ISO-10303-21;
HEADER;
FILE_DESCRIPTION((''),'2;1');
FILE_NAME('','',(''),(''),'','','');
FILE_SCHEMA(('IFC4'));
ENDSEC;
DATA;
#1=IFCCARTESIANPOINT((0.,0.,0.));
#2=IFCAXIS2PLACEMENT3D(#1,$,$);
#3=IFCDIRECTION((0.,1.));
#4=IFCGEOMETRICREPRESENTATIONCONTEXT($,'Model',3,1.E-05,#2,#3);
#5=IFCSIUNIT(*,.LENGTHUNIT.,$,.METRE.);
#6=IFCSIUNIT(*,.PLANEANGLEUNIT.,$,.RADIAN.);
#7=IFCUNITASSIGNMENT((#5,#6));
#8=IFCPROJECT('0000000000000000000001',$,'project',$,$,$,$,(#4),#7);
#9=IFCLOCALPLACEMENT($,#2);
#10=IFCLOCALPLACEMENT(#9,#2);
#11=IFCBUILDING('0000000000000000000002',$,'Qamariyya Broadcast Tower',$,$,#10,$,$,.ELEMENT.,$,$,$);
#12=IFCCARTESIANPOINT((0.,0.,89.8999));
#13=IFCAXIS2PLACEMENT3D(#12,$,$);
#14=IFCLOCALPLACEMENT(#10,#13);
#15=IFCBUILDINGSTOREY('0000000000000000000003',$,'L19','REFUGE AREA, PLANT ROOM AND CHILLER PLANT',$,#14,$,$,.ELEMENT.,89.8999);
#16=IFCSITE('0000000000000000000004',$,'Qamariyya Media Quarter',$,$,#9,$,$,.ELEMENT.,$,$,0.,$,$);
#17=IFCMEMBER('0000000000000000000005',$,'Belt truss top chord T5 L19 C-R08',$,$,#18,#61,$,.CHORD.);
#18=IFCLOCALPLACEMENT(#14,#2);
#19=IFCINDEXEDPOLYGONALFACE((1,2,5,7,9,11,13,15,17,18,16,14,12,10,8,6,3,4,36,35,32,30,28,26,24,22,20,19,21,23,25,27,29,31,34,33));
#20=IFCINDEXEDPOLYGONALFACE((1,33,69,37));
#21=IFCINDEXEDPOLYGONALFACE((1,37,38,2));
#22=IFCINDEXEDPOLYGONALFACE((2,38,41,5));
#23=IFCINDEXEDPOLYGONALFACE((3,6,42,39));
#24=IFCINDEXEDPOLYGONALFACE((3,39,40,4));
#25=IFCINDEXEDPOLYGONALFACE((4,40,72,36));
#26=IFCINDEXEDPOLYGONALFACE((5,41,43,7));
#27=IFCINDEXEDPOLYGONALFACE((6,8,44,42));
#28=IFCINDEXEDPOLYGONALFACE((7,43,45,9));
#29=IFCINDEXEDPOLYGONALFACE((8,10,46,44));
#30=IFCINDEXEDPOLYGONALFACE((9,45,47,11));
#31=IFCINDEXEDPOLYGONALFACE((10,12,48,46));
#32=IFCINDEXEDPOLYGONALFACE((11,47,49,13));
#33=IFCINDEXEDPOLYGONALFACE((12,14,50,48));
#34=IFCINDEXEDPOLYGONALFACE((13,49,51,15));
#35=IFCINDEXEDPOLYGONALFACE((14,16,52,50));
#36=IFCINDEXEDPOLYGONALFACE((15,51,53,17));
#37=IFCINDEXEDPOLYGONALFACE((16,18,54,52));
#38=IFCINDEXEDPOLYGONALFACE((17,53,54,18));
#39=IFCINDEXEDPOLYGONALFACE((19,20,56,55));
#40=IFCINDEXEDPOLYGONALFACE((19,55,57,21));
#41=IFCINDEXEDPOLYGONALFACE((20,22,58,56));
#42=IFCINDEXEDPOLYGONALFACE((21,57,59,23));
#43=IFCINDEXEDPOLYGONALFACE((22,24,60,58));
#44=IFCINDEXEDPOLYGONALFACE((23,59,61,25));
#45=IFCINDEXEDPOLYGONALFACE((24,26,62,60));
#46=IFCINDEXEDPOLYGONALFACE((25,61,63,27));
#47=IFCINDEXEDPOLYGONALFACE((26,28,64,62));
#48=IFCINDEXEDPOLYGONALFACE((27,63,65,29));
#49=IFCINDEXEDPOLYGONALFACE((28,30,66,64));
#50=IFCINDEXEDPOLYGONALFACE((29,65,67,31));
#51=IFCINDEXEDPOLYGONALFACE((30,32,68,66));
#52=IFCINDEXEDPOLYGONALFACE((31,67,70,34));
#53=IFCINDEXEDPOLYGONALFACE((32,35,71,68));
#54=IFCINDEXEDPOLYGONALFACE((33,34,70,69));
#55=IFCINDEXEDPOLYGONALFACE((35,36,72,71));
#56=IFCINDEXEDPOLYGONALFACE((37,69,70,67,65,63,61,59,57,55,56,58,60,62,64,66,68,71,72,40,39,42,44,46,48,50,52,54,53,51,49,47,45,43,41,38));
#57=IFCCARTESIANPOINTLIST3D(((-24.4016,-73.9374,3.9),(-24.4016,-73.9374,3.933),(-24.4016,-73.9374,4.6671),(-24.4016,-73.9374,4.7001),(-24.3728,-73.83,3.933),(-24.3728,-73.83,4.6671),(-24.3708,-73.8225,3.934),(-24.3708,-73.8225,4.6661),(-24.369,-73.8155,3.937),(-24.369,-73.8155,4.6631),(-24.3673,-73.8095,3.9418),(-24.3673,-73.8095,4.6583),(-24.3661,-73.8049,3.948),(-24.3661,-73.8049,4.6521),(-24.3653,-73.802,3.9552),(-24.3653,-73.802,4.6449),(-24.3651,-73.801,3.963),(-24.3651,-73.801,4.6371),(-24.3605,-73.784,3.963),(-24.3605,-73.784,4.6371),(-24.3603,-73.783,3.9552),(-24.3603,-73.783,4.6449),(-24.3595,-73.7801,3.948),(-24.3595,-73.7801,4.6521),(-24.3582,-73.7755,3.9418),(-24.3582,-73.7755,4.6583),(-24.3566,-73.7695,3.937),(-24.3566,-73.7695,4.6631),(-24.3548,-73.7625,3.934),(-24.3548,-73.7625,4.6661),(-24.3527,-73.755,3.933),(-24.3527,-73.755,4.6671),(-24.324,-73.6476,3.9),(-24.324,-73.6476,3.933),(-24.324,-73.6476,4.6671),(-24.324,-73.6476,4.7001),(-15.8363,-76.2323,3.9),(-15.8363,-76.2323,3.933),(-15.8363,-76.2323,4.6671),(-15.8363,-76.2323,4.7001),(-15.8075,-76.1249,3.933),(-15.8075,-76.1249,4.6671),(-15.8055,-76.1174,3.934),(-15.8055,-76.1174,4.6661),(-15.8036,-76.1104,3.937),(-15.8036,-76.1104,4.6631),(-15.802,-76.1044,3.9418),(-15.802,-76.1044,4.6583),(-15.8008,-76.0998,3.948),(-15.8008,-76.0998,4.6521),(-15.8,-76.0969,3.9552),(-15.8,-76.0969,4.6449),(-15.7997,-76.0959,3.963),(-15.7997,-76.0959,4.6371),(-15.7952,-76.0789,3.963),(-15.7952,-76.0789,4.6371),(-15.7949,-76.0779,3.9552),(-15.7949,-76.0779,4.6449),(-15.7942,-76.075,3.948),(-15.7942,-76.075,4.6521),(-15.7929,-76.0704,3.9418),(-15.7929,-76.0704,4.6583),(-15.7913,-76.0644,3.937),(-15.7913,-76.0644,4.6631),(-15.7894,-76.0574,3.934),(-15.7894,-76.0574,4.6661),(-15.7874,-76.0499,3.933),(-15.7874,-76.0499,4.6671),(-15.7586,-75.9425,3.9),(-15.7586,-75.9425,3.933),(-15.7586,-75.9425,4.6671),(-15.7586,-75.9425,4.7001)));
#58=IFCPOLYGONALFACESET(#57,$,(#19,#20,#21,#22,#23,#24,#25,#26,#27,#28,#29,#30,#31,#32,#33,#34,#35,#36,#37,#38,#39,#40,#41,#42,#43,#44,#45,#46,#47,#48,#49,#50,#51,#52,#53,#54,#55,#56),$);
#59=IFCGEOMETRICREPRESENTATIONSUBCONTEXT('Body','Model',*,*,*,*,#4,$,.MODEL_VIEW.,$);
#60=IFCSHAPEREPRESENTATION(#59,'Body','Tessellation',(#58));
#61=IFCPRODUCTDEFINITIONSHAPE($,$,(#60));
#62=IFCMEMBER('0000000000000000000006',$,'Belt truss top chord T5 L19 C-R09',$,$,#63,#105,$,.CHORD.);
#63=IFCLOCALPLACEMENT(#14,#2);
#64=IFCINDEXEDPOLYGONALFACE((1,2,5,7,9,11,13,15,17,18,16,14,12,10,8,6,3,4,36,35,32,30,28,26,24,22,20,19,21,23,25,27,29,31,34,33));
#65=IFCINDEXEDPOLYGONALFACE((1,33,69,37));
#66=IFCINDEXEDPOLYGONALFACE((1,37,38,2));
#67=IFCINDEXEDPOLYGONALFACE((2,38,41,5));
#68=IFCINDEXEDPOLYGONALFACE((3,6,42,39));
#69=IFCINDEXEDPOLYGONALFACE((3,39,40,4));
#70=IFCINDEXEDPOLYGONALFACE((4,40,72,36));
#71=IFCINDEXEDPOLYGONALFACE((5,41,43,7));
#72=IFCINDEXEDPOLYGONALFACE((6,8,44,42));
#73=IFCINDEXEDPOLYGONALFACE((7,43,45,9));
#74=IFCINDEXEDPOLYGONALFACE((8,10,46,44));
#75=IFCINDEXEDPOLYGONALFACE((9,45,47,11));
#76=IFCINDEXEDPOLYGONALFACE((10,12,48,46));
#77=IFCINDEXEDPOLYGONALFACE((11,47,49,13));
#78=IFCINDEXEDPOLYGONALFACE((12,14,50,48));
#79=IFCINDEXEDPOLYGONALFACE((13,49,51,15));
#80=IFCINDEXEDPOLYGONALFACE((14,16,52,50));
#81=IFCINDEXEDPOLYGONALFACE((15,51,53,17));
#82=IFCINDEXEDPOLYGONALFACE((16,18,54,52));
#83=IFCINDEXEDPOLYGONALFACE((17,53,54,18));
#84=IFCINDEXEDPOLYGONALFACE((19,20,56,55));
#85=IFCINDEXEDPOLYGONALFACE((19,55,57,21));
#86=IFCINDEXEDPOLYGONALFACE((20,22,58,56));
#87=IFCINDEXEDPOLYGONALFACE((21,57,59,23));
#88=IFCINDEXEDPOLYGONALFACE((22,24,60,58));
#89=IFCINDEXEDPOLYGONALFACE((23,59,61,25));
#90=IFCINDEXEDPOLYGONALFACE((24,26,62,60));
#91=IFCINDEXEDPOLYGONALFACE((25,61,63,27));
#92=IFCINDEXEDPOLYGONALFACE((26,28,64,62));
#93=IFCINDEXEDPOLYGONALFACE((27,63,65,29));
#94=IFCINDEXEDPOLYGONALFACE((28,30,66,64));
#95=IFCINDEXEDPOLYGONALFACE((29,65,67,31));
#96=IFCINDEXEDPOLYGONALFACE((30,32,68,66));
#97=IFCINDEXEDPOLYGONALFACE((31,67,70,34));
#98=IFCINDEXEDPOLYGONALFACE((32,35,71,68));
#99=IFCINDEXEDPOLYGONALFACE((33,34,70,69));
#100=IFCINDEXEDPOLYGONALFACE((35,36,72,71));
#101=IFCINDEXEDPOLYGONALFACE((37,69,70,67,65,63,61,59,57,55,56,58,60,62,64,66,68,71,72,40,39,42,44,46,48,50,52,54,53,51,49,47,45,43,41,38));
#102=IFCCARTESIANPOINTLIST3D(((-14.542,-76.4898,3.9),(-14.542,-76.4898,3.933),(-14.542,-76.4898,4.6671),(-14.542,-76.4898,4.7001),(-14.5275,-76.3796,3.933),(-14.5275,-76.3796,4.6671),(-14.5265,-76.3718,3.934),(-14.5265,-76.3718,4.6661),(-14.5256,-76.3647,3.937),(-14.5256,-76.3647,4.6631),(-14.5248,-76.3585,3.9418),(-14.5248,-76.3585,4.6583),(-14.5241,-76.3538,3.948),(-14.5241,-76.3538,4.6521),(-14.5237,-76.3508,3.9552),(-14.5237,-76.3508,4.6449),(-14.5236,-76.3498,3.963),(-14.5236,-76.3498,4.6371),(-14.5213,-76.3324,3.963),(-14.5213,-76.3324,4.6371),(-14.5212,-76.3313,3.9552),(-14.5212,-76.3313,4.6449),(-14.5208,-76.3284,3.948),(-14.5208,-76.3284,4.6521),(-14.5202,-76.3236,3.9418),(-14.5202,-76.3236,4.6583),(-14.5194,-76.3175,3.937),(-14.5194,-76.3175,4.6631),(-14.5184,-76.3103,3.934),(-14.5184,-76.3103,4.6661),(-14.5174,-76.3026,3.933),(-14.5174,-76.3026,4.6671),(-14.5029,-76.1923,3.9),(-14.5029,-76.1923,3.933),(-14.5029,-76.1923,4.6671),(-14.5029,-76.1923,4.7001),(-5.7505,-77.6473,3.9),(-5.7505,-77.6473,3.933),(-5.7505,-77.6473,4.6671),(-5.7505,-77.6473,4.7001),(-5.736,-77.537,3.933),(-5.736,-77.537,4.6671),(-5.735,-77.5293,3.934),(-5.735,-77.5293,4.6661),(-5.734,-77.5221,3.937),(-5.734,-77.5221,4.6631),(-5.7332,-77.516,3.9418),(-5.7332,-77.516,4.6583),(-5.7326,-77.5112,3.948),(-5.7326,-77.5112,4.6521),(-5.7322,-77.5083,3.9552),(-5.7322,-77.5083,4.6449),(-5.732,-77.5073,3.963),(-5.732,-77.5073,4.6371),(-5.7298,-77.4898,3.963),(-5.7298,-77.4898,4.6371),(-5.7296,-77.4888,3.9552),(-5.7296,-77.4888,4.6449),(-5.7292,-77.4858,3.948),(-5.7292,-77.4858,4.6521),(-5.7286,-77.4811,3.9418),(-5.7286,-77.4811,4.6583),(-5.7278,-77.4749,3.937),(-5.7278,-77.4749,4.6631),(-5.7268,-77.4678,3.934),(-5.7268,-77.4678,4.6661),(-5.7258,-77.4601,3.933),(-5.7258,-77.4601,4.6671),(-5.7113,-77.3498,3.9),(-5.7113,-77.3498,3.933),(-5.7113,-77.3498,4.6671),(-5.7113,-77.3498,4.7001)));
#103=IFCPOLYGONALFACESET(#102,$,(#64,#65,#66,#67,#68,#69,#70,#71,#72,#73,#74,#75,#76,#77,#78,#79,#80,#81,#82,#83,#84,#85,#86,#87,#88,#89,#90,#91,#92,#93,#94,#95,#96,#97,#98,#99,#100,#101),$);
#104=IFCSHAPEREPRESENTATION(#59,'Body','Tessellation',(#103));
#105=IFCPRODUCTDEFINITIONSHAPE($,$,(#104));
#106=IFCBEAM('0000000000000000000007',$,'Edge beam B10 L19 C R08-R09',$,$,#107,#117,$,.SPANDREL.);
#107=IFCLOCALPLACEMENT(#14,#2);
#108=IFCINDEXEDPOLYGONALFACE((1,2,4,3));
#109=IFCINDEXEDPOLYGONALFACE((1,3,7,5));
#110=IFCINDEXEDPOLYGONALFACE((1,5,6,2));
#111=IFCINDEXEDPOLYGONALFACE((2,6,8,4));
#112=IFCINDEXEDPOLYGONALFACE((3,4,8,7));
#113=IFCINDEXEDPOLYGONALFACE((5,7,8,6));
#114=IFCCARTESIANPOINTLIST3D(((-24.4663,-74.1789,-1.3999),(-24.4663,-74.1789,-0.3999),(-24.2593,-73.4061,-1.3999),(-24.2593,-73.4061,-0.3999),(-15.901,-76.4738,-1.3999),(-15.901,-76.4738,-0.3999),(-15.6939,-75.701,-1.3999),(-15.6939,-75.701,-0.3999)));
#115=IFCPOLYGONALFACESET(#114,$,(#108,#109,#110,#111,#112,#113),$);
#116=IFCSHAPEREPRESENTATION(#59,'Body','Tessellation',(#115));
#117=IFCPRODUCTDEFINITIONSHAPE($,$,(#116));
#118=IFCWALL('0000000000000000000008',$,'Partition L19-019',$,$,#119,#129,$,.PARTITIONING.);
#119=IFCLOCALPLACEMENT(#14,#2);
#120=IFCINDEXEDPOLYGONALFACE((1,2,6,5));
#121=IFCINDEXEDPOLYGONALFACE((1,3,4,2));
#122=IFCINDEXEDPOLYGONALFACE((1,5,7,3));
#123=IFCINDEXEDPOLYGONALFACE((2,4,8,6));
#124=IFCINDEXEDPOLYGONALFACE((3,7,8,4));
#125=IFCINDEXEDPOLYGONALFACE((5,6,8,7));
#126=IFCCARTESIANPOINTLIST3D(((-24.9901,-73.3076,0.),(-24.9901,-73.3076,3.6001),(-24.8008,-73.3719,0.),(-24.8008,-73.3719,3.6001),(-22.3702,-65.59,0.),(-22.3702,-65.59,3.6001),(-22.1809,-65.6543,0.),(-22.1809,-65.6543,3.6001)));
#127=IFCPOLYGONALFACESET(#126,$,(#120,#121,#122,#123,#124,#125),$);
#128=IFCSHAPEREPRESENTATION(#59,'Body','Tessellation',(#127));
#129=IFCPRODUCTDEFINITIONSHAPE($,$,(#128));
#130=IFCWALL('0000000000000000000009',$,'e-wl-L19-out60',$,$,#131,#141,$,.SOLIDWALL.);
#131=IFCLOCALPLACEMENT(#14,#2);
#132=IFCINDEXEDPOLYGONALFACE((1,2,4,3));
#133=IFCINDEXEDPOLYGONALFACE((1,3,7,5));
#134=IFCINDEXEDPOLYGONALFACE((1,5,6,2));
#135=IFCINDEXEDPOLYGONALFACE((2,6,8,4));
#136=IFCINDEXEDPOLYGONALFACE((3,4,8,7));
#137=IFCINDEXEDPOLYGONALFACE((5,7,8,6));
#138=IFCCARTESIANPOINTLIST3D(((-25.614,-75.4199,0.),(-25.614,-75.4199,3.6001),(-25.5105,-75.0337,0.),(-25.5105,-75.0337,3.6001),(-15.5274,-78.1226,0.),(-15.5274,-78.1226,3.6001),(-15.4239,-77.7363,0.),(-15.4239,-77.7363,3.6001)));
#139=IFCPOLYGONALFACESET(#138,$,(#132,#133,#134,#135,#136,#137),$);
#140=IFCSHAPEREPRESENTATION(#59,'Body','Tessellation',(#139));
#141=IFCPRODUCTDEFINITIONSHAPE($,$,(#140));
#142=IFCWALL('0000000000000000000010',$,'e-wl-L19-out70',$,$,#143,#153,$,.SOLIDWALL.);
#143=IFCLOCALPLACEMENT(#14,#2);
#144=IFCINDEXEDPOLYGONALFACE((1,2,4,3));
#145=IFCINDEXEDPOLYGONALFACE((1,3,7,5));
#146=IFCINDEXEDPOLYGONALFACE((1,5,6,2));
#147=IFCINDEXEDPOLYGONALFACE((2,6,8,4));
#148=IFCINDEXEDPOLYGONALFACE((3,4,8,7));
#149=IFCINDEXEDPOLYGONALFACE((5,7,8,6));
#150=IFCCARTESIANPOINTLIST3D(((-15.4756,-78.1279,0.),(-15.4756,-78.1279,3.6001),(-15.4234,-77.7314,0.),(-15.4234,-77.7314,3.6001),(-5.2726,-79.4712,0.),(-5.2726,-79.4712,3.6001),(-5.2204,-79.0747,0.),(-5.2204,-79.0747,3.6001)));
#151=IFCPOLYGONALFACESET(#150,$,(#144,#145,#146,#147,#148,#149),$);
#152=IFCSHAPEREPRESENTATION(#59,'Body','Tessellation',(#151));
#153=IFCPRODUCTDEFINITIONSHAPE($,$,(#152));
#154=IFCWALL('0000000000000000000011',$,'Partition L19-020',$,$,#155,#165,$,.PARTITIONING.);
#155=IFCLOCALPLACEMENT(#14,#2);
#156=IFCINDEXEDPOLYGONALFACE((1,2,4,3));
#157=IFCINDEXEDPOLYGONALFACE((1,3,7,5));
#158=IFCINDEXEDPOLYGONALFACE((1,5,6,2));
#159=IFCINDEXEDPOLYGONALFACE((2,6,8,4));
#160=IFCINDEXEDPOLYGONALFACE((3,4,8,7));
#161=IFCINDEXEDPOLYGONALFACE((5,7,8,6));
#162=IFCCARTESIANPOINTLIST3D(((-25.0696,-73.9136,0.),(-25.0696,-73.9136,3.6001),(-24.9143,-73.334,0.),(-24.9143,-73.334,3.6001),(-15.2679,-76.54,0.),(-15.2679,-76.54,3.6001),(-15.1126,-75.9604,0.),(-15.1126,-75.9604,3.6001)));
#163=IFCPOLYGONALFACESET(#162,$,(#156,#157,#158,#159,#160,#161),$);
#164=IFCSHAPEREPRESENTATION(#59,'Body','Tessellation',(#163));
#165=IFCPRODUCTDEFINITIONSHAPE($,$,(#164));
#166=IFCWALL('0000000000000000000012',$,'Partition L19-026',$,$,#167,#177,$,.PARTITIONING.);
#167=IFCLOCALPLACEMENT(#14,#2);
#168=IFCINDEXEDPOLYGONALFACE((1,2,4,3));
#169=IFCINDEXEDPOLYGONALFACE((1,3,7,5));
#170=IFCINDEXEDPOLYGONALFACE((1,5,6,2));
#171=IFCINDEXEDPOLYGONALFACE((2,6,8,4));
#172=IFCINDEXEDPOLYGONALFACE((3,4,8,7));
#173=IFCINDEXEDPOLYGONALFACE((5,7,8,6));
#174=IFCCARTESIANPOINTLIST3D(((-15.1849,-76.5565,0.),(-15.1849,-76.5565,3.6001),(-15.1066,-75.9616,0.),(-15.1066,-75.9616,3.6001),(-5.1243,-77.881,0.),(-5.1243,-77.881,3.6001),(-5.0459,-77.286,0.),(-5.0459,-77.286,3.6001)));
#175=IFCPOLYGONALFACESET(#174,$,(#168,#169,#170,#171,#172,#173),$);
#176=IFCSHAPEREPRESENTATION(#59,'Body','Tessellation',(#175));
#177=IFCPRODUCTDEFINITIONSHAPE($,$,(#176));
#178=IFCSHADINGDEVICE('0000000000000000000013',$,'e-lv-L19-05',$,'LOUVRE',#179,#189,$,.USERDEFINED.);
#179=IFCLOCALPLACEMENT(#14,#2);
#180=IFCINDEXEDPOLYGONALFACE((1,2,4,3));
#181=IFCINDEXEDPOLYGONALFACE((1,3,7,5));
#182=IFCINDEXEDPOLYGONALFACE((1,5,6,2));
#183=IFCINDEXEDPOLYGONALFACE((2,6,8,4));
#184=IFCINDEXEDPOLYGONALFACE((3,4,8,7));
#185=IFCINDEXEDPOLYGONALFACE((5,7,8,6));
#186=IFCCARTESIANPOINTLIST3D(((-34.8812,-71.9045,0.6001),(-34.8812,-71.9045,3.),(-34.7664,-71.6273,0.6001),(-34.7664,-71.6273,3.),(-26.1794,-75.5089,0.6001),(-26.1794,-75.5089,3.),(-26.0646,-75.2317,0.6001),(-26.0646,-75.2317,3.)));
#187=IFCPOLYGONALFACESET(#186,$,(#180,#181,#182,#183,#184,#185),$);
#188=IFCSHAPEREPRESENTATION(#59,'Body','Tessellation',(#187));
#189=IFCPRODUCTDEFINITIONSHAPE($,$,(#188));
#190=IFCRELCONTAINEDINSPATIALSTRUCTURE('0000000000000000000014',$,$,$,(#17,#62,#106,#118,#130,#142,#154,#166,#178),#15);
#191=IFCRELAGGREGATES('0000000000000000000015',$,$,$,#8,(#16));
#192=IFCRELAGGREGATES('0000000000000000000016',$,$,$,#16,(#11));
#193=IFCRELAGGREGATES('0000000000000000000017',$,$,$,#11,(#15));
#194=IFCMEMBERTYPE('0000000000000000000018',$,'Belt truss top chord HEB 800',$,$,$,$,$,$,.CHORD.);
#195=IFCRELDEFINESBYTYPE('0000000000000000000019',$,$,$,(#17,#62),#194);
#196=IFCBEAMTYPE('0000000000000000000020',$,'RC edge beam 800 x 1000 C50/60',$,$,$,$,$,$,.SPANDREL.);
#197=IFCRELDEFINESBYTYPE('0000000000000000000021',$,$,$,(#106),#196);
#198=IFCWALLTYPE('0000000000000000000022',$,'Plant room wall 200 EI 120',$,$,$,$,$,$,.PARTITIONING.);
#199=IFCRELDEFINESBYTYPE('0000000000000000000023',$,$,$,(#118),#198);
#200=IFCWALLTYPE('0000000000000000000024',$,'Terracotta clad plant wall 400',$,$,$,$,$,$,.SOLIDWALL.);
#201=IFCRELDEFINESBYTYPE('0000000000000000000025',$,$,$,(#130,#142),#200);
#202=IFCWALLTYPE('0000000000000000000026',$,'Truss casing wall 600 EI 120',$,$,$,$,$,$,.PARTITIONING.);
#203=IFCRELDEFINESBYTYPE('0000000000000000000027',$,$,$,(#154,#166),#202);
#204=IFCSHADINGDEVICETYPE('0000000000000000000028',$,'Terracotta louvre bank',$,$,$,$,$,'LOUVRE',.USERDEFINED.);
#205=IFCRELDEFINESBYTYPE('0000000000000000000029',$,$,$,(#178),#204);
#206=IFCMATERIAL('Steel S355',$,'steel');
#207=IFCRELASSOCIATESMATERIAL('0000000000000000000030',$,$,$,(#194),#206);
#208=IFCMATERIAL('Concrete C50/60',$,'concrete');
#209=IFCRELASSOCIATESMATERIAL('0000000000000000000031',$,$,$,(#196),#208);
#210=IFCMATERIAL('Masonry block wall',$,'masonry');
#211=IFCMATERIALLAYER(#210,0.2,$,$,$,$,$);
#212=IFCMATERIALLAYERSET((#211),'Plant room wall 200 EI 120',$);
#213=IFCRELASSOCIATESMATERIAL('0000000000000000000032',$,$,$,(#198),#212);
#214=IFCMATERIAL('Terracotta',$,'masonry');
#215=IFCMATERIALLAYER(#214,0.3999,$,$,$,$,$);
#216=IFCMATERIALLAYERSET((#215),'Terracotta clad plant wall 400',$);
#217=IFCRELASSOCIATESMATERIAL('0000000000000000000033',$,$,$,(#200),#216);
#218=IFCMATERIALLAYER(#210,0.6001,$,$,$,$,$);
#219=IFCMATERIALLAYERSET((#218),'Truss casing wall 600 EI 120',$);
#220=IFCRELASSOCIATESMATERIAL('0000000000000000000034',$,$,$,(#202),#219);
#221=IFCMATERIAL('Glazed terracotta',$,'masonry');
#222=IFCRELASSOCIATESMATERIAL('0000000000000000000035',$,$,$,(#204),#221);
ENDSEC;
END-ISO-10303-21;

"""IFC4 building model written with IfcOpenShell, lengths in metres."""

from ifc_helpers import new_model, si_unit, direction, frame, frame_2d, origin, origin_2d, place, context, subcontext, project, spatial, rectangle, i_section, extrude, material, layer, layer_set, material_profile, profile_set, type_object, element, save


model = new_model("IFC4")

# Units and contexts
model_context = context("Model", 3, precision=1e-05, world=origin(), true_north=direction((0.0, 1.0)))
body_context = subcontext(model_context, "Body", "Model", "MODEL_VIEW")
ifc_project = project(units=[si_unit("LENGTHUNIT", "METRE"), si_unit("PLANEANGLEUNIT", "RADIAN")], contexts=[model_context])

# Site, building, storey
site_placement = place(None, origin())
site = spatial("IfcSite", under=ifc_project, at=site_placement, Name="Qamariyya Media Quarter", CompositionType="ELEMENT", RefElevation=0.0)
building_placement = place(site_placement, origin())
building = spatial("IfcBuilding", under=site, at=building_placement, Name="Qamariyya Broadcast Tower", CompositionType="ELEMENT")
storey_placement = place(building_placement, frame((0.0, 0.0, 89.8999)))
storey = spatial("IfcBuildingStorey", under=building, at=storey_placement, Name="L19", Description="REFUGE AREA, PLANT ROOM AND CHILLER PLANT", CompositionType="ELEMENT", Elevation=89.8999)

# Members
ifc_material_1 = material(Name="Steel S355", Category="steel")
ifc_material_profile_1 = material_profile(ifc_material_1, i_section(OverallWidth=0.3, OverallDepth=0.8, WebThickness=0.0176, FlangeThickness=0.033, FilletRadius=0.03, at=origin_2d()))
ifc_profile_set_1 = profile_set([ifc_material_profile_1], Name="Steel S355")
member_type_1 = type_object("IfcMemberType", Name="Belt truss top chord HEB 800", PredefinedType="CHORD", material=ifc_profile_set_1)
for number, where, z_axis, x_axis, name in (
    (1, (-24.3628, -73.7925, 4.3), (0.965931, -0.2588, 0.0), (0.2588, 0.965931, 0.0), "Belt truss top chord T5 L19 C-R08"),
    (2, (-14.5225, -76.3411, 4.3), (0.991444, -0.130531, 0.0), (0.130531, 0.991444, 0.0), "Belt truss top chord T5 L19 C-R09"),
):
    element("IfcMember", number, at=place(storey_placement, frame(where, z_axis=z_axis, x_axis=x_axis)), inside=storey, type_object=member_type_1, Name=name, PredefinedType="CHORD", context=body_context, shape_type="SweptSolid", body=[
        extrude(i_section(OverallWidth=0.3, OverallDepth=0.8, WebThickness=0.0176, FlangeThickness=0.033, FilletRadius=0.03, at=origin_2d()), origin(), (0.0, 0.0, 1.0), 8.8674),
    ])

# Beam
ifc_material_2 = material(Name="Concrete C50/60", Category="concrete")
ifc_material_profile_2 = material_profile(ifc_material_2, rectangle(XDim=0.8, YDim=1.0, at=origin_2d()))
ifc_profile_set_2 = profile_set([ifc_material_profile_2], Name="Concrete C50/60")
beam_type = type_object("IfcBeamType", Name="RC edge beam 800 x 1000 C50/60", PredefinedType="SPANDREL", material=ifc_profile_set_2)
beam_placement = place(storey_placement, frame((-24.3628, -73.7925, -0.8999), z_axis=(0.965931, -0.2588, 0.0), x_axis=(0.2588, 0.965931, 0.0)))
element("IfcBeam", 3, at=beam_placement, inside=storey, type_object=beam_type, Name="Edge beam B10 L19 C R08-R09", PredefinedType="SPANDREL", context=body_context, shape_type="SweptSolid", body=[
    extrude(rectangle(XDim=0.8, YDim=1.0, at=origin_2d()), origin(), (0.0, 0.0, 1.0), 8.8674),
])

# Walls
ifc_material_3 = material(Name="Masonry block wall", Category="masonry")
ifc_layer_1 = layer(ifc_material_3, 0.2)
ifc_layer_set_1 = layer_set([ifc_layer_1], Name="Plant room wall 200 EI 120")
wall_type_1 = type_object("IfcWallType", Name="Plant room wall 200 EI 120", PredefinedType="PARTITIONING", material=ifc_layer_set_1)
wall_1_placement = place(storey_placement, frame((-24.8955, -73.3398, 0.0), z_axis=(0.0, 0.0, 1.0), x_axis=(0.321453, 0.946925, 0.0)))
element("IfcWall", 4, at=wall_1_placement, inside=storey, type_object=wall_type_1, Name="Partition L19-019", PredefinedType="PARTITIONING", context=body_context, shape_type="SweptSolid", body=[
    extrude(rectangle(XDim=8.1501, YDim=0.2, at=frame_2d((4.0752, 0.0))), origin(), (0.0, 0.0, 1.0), 3.6001),
])
ifc_material_4 = material(Name="Terracotta", Category="masonry")
ifc_layer_2 = layer(ifc_material_4, 0.3999)
ifc_layer_set_2 = layer_set([ifc_layer_2], Name="Terracotta clad plant wall 400")
wall_type_2 = type_object("IfcWallType", Name="Terracotta clad plant wall 400", PredefinedType="SOLIDWALL", material=ifc_layer_set_2)
wall_2_placement = place(storey_placement, frame((-25.5623, -75.2268, 0.0), z_axis=(0.0, 0.0, 1.0), x_axis=(0.965928, -0.258812, 0.0)))
element("IfcWall", 5, at=wall_2_placement, inside=storey, type_object=wall_type_2, Name="e-wl-L19-out60", PredefinedType="SOLIDWALL", context=body_context, shape_type="SweptSolid", body=[
    extrude(rectangle(XDim=10.4424, YDim=0.3999, at=frame_2d((5.2212, 0.0))), origin(), (0.0, 0.0, 1.0), 3.6001),
])
wall_3_placement = place(storey_placement, frame((-15.4495, -77.9297, 0.0), z_axis=(0.0, 0.0, 1.0), x_axis=(0.991445, -0.130529, 0.0)))
element("IfcWall", 6, at=wall_3_placement, inside=storey, type_object=wall_type_2, Name="e-wl-L19-out70", PredefinedType="SOLIDWALL", context=body_context, shape_type="SweptSolid", body=[
    extrude(rectangle(XDim=10.291, YDim=0.3999, at=frame_2d((5.1455, 0.0))), origin(), (0.0, 0.0, 1.0), 3.6001),
])
ifc_layer_3 = layer(ifc_material_3, 0.6001)
ifc_layer_set_3 = layer_set([ifc_layer_3], Name="Truss casing wall 600 EI 120")
wall_type_3 = type_object("IfcWallType", Name="Truss casing wall 600 EI 120", PredefinedType="PARTITIONING", material=ifc_layer_set_3)
for number, where, z_axis, x_axis, name in (
    (7, (-24.9919, -73.6238, 0.0), (0.0, 0.0, 1.0), (0.965924, -0.258827, 0.0), "Partition L19-020"),
    (8, (-15.1458, -76.259, 0.0), (0.0, 0.0, 1.0), (0.991445, -0.130523, 0.0), "Partition L19-026"),
):
    element("IfcWall", number, at=place(storey_placement, frame(where, z_axis=z_axis, x_axis=x_axis)), inside=storey, type_object=wall_type_3, Name=name, PredefinedType="PARTITIONING", context=body_context, shape_type="SweptSolid", body=[
        extrude(rectangle(XDim=10.1475, YDim=0.6001, at=frame_2d((5.0737, 0.0))), origin(), (0.0, 0.0, 1.0), 3.6001),
    ])

# Shading device
ifc_material_5 = material(Name="Glazed terracotta", Category="masonry")
shading_device_type = type_object("IfcShadingDeviceType", Name="Terracotta louvre bank", ElementType="LOUVRE", PredefinedType="USERDEFINED", material=ifc_material_5)
for number, where, z_axis, x_axis, name in (
    (9, (-30.4729, -73.5681, 0.6001), (0.0, 0.0, 1.0), (0.92388, -0.382683, 0.0), "e-lv-L19-05"),
):
    element("IfcShadingDevice", number, at=place(storey_placement, frame(where, z_axis=z_axis, x_axis=x_axis)), inside=storey, type_object=shading_device_type, Name=name, ObjectType="LOUVRE", PredefinedType="USERDEFINED", context=body_context, shape_type="SweptSolid", body=[
        extrude(rectangle(XDim=9.4187, YDim=0.3, at=origin_2d()), origin(), (0.0, 0.0, 1.0), 2.3999),
    ])

save(model, "model.ifc")
